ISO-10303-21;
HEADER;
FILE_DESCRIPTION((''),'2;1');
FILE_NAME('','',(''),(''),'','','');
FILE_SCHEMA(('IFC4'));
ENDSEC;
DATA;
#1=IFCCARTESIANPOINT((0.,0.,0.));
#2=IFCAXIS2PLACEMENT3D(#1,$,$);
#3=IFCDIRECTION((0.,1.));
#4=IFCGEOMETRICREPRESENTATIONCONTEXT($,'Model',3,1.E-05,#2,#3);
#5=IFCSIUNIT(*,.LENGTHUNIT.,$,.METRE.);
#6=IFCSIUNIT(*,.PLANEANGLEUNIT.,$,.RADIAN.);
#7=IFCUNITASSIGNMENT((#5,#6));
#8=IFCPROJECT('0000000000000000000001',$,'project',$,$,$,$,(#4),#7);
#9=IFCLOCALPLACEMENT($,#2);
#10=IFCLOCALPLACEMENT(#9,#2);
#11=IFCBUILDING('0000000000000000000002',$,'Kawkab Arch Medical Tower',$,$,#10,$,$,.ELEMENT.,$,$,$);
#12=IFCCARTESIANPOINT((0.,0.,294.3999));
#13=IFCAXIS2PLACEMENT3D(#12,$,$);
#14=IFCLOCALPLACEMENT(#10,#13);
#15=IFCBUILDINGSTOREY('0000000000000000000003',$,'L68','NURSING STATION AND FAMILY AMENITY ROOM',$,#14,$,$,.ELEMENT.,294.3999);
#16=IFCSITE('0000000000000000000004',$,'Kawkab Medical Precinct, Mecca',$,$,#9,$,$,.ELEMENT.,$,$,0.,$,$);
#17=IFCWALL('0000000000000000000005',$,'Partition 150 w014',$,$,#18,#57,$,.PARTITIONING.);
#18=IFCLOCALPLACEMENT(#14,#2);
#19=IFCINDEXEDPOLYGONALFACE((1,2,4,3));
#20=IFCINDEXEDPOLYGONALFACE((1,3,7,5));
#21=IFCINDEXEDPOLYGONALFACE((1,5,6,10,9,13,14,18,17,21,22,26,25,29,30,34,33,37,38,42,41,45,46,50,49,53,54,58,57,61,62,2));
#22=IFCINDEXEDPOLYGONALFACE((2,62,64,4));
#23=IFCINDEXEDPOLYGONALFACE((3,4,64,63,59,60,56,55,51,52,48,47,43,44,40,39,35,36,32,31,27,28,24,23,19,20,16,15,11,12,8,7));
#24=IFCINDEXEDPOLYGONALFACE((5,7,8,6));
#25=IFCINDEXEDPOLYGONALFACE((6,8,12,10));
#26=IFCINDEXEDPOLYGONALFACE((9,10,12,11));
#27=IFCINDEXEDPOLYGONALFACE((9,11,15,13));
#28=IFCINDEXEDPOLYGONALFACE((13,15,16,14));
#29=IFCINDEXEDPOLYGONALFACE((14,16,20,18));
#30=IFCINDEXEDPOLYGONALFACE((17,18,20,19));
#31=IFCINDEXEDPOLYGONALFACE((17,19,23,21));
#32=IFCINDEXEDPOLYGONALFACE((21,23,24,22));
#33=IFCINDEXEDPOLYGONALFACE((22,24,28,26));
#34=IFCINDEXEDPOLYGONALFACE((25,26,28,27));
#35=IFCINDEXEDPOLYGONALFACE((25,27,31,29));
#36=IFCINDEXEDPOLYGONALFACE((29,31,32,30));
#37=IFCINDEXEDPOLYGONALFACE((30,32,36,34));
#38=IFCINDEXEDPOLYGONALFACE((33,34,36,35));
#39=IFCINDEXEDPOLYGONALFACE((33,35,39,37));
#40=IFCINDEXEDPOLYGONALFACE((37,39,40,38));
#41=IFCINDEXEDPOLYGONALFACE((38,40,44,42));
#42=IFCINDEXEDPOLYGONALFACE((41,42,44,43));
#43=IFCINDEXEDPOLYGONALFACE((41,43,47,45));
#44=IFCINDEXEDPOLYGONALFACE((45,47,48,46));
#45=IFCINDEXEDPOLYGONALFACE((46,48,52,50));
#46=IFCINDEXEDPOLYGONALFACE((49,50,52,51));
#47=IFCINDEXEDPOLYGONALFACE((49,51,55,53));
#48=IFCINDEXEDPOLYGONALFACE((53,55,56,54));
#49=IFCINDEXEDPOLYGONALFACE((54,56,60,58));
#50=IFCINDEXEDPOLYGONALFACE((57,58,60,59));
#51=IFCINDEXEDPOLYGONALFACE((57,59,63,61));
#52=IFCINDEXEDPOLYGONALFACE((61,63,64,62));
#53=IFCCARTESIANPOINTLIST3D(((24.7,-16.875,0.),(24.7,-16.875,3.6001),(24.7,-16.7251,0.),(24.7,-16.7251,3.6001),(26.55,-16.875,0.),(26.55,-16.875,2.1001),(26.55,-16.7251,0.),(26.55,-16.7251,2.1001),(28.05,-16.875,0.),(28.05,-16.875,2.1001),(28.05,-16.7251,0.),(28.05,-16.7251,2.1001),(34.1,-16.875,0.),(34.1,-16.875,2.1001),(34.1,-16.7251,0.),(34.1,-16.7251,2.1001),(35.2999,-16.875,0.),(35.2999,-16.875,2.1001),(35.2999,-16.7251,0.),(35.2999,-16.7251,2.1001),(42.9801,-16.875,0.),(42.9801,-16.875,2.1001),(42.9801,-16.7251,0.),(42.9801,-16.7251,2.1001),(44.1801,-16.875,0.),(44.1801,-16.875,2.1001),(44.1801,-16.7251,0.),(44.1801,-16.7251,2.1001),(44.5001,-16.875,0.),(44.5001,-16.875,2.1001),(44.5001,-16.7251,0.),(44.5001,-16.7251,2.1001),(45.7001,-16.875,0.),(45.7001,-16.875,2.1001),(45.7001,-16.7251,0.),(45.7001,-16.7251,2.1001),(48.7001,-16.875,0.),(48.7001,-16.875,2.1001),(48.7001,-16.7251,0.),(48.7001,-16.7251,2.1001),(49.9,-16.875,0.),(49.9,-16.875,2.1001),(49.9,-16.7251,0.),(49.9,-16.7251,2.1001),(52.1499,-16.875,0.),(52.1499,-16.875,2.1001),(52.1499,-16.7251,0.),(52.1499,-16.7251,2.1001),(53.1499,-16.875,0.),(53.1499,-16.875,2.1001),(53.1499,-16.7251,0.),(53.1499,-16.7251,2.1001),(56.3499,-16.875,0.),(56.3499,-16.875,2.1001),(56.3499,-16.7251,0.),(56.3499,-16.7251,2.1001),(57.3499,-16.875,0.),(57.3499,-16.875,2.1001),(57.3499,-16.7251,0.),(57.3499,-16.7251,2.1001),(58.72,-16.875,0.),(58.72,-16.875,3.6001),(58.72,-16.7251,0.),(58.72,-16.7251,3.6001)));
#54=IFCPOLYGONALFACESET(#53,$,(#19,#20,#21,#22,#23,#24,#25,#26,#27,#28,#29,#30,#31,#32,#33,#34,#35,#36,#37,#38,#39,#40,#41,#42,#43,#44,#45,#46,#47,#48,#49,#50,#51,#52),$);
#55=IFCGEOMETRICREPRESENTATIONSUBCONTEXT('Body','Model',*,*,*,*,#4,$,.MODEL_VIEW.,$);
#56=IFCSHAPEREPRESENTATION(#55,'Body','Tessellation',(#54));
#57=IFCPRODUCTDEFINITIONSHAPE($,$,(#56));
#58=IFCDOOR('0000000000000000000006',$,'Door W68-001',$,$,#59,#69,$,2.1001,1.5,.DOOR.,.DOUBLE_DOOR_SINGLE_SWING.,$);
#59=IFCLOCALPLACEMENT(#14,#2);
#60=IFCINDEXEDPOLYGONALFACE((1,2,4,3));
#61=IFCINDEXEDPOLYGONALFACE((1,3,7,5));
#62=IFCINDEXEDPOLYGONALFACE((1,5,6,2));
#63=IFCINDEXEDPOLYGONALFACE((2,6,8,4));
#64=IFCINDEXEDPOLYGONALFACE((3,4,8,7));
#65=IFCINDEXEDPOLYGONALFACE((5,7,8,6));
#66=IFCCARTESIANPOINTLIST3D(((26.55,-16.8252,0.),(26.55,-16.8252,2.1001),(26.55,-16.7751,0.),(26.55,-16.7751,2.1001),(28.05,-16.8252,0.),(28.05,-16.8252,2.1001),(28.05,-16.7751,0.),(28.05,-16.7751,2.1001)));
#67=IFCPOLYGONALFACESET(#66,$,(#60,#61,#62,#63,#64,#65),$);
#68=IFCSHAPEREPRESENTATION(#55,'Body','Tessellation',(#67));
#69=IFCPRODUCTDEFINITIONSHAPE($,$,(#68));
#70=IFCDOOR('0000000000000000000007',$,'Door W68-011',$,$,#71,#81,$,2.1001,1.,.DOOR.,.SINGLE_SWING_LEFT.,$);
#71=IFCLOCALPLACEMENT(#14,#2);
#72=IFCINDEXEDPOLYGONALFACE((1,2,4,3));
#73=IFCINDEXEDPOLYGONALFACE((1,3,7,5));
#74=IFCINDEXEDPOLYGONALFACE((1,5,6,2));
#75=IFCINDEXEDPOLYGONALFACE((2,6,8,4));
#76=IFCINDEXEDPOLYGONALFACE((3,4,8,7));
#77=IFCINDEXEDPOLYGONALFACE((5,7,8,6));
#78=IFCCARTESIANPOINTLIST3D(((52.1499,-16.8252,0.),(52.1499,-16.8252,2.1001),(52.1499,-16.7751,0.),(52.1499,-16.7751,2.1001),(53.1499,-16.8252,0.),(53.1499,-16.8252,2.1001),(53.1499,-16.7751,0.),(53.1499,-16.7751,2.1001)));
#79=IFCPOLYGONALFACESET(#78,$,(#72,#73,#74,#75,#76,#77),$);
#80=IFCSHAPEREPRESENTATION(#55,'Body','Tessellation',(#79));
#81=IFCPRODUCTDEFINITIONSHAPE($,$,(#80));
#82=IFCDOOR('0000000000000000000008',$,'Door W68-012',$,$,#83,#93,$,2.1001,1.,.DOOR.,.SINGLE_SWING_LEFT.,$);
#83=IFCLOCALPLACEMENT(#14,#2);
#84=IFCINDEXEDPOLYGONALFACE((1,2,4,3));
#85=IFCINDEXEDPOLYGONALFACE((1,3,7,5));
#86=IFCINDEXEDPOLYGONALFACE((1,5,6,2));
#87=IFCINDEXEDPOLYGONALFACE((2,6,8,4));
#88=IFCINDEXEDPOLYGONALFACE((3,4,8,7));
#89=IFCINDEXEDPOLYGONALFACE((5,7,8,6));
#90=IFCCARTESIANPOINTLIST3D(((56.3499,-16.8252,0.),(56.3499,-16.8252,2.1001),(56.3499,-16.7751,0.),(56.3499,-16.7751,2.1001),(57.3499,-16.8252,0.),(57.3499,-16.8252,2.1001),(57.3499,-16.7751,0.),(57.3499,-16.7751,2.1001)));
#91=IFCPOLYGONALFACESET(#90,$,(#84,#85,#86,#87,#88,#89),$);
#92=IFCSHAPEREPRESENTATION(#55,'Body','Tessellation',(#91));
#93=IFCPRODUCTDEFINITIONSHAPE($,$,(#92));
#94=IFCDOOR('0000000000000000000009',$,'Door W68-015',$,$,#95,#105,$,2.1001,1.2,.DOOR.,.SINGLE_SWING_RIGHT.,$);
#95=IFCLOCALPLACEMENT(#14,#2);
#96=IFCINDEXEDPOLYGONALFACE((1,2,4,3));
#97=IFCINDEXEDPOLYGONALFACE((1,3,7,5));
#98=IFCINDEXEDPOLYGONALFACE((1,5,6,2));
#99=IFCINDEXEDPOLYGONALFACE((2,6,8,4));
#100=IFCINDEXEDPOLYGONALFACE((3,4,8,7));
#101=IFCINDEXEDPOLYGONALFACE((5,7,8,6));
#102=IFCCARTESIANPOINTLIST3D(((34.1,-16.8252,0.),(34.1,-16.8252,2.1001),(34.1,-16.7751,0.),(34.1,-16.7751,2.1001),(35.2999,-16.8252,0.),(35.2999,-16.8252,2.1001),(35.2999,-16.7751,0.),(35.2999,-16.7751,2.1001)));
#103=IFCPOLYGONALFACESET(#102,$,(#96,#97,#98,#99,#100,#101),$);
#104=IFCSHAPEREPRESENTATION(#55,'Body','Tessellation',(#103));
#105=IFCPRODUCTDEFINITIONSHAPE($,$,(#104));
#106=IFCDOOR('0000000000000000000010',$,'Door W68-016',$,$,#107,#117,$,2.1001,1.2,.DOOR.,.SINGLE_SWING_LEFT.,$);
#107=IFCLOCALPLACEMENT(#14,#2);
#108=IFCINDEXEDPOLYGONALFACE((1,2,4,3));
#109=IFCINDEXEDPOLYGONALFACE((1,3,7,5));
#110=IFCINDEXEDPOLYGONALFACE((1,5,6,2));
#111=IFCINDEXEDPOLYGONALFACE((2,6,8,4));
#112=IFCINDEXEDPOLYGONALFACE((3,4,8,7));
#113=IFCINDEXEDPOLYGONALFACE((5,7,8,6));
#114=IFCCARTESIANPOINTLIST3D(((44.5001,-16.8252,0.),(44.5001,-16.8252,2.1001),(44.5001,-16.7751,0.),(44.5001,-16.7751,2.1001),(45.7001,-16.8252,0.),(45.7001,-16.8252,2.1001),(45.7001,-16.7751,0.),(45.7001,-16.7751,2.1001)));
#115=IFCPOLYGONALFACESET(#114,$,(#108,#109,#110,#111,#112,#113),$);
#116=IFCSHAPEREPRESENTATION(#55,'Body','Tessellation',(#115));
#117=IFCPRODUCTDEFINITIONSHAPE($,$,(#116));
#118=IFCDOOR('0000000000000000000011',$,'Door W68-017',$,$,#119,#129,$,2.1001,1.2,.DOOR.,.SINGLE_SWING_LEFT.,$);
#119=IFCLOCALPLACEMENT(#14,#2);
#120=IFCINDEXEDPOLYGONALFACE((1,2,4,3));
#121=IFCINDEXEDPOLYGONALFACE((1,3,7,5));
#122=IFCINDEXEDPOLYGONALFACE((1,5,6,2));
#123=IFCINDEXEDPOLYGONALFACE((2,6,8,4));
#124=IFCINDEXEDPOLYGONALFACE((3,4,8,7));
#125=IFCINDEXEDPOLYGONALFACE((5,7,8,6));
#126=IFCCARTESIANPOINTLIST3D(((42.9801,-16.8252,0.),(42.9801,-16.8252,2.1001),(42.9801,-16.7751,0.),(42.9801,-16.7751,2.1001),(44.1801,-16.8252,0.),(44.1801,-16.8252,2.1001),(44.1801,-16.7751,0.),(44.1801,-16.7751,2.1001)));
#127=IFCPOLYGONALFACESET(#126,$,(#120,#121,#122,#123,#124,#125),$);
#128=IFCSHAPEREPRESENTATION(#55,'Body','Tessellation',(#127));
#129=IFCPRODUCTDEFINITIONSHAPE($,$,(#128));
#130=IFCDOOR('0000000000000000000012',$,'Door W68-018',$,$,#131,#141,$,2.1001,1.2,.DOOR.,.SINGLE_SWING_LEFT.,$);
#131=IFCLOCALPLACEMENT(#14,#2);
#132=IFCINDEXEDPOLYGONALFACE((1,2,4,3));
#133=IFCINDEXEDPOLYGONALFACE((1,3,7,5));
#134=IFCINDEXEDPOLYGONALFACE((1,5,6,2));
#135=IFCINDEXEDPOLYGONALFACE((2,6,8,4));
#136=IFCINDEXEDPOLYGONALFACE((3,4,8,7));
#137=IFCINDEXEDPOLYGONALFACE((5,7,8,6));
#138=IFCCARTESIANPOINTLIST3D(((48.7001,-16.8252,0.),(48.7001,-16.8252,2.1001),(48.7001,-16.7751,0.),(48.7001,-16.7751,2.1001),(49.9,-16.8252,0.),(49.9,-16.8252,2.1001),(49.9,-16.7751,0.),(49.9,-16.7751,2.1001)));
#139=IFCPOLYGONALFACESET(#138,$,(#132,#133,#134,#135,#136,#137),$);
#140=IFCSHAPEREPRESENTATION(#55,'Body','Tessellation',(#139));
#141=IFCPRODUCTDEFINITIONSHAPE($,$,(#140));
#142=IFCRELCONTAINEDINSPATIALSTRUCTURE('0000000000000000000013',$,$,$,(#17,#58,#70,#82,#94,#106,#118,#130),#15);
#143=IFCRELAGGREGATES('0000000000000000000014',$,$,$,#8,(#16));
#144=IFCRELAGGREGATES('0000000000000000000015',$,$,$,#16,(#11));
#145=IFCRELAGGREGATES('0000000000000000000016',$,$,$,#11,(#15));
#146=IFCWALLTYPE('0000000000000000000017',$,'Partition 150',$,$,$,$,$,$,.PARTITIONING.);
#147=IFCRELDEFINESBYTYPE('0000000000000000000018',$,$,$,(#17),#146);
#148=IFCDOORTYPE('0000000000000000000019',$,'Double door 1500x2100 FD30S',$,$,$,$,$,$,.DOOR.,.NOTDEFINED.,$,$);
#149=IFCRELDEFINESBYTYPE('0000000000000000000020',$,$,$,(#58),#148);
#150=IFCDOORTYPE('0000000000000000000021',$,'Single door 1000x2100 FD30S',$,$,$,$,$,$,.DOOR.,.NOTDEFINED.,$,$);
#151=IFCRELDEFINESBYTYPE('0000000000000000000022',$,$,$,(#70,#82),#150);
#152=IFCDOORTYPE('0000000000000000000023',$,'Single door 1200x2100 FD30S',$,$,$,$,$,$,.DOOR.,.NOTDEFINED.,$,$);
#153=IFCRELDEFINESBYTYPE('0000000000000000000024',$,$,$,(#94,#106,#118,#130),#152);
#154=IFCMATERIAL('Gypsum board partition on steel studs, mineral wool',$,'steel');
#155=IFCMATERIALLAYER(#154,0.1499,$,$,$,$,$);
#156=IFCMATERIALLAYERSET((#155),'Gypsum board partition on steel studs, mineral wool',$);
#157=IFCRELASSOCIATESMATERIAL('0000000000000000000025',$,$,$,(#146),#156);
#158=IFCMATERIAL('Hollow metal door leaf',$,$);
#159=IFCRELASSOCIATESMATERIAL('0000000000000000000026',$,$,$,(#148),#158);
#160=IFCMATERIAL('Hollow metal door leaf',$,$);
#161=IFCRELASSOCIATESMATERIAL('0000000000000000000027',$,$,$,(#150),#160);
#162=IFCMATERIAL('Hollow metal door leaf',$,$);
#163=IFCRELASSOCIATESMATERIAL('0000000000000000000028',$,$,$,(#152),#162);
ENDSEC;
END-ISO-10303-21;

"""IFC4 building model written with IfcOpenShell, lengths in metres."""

from ifc_helpers import new_model, si_unit, direction, frame, frame_2d, origin, place, context, subcontext, project, spatial, rectangle, extrude, material, layer, layer_set, type_object, element, fill, save


model = new_model("IFC4")

# Units and contexts
model_context = context("Model", 3, precision=1e-05, world=origin(), true_north=direction((0.0, 1.0)))
body_context = subcontext(model_context, "Body", "Model", "MODEL_VIEW")
ifc_project = project(units=[si_unit("LENGTHUNIT", "METRE"), si_unit("PLANEANGLEUNIT", "RADIAN")], contexts=[model_context])

# Site, building, storey
site_placement = place(None, origin())
site = spatial("IfcSite", under=ifc_project, at=site_placement, Name="Kawkab Medical Precinct, Mecca", CompositionType="ELEMENT", RefElevation=0.0)
building_placement = place(site_placement, origin())
building = spatial("IfcBuilding", under=site, at=building_placement, Name="Kawkab Arch Medical Tower", CompositionType="ELEMENT")
storey_placement = place(building_placement, frame((0.0, 0.0, 294.3999)))
storey = spatial("IfcBuildingStorey", under=building, at=storey_placement, Name="L68", Description="NURSING STATION AND FAMILY AMENITY ROOM", CompositionType="ELEMENT", Elevation=294.3999)

# Wall, openings, doors
ifc_material_1 = material(Name="Gypsum board partition on steel studs, mineral wool", Category="steel")
ifc_layer_1 = layer(ifc_material_1, 0.1499)
ifc_layer_set_1 = layer_set([ifc_layer_1], Name="Gypsum board partition on steel studs, mineral wool")
wall_type_1 = type_object("IfcWallType", Name="Partition 150", PredefinedType="PARTITIONING", material=ifc_layer_set_1)
wall_1_placement = place(storey_placement, frame((24.7, -16.8, 0.0), z_axis=(0.0, 0.0, 1.0), x_axis=(1.0, 0.0, 0.0)))
wall_1 = element("IfcWall", 1, at=wall_1_placement, inside=storey, type_object=wall_type_1, Name="Partition 150 w014", PredefinedType="PARTITIONING", context=body_context, shape_type="SweptSolid", body=[
    extrude(rectangle(XDim=34.02, YDim=0.1499, at=frame_2d((17.01, 0.0))), origin(), (0.0, 0.0, 1.0), 3.6001),
])
opening_1_placement = place(wall_1_placement, frame((1.8501, 0.0, 0.0)))
opening_1 = element("IfcOpeningElement", 2, at=opening_1_placement, cuts=wall_1, PredefinedType="OPENING", context=body_context, shape_type="SweptSolid", body=[
    extrude(rectangle(XDim=1.5, YDim=2.1001, at=frame_2d((0.75, 1.05))), frame((0.0, 0.085, 0.0), z_axis=(0.0, -1.0, 0.0), x_axis=(1.0, 0.0, 0.0)), (0.0, 0.0, 1.0), 0.1699),
])
opening_2_placement = place(wall_1_placement, frame((9.3999, 0.0, 0.0)))
opening_2 = element("IfcOpeningElement", 3, at=opening_2_placement, cuts=wall_1, PredefinedType="OPENING", context=body_context, shape_type="SweptSolid", body=[
    extrude(rectangle(XDim=1.2, YDim=2.1001, at=frame_2d((0.6001, 1.05))), frame((0.0, 0.085, 0.0), z_axis=(0.0, -1.0, 0.0), x_axis=(1.0, 0.0, 0.0)), (0.0, 0.0, 1.0), 0.1699),
])
opening_3_placement = place(wall_1_placement, frame((19.8, 0.0, 0.0)))
opening_3 = element("IfcOpeningElement", 4, at=opening_3_placement, cuts=wall_1, PredefinedType="OPENING", context=body_context, shape_type="SweptSolid", body=[
    extrude(rectangle(XDim=1.2, YDim=2.1001, at=frame_2d((0.6001, 1.05))), frame((0.0, 0.085, 0.0), z_axis=(0.0, -1.0, 0.0), x_axis=(1.0, 0.0, 0.0)), (0.0, 0.0, 1.0), 0.1699),
])
opening_4_placement = place(wall_1_placement, frame((18.28, 0.0, 0.0)))
opening_4 = element("IfcOpeningElement", 5, at=opening_4_placement, cuts=wall_1, PredefinedType="OPENING", context=body_context, shape_type="SweptSolid", body=[
    extrude(rectangle(XDim=1.2, YDim=2.1001, at=frame_2d((0.6001, 1.05))), frame((0.0, 0.085, 0.0), z_axis=(0.0, -1.0, 0.0), x_axis=(1.0, 0.0, 0.0)), (0.0, 0.0, 1.0), 0.1699),
])
opening_5_placement = place(wall_1_placement, frame((24.0, 0.0, 0.0)))
opening_5 = element("IfcOpeningElement", 6, at=opening_5_placement, cuts=wall_1, PredefinedType="OPENING", context=body_context, shape_type="SweptSolid", body=[
    extrude(rectangle(XDim=1.2, YDim=2.1001, at=frame_2d((0.6001, 1.05))), frame((0.0, 0.085, 0.0), z_axis=(0.0, -1.0, 0.0), x_axis=(1.0, 0.0, 0.0)), (0.0, 0.0, 1.0), 0.1699),
])
opening_6_placement = place(wall_1_placement, frame((27.45, 0.0, 0.0)))
opening_6 = element("IfcOpeningElement", 7, at=opening_6_placement, cuts=wall_1, PredefinedType="OPENING", context=body_context, shape_type="SweptSolid", body=[
    extrude(rectangle(XDim=1.0, YDim=2.1001, at=frame_2d((0.5, 1.05))), frame((0.0, 0.085, 0.0), z_axis=(0.0, -1.0, 0.0), x_axis=(1.0, 0.0, 0.0)), (0.0, 0.0, 1.0), 0.1699),
])
opening_7_placement = place(wall_1_placement, frame((31.6499, 0.0, 0.0)))
opening_7 = element("IfcOpeningElement", 8, at=opening_7_placement, cuts=wall_1, PredefinedType="OPENING", context=body_context, shape_type="SweptSolid", body=[
    extrude(rectangle(XDim=1.0, YDim=2.1001, at=frame_2d((0.5, 1.05))), frame((0.0, 0.085, 0.0), z_axis=(0.0, -1.0, 0.0), x_axis=(1.0, 0.0, 0.0)), (0.0, 0.0, 1.0), 0.1699),
])
ifc_material_2 = material(Name="Hollow metal door leaf")
door_type_1 = type_object("IfcDoorType", Name="Double door 1500x2100 FD30S", OperationType="NOTDEFINED", PredefinedType="DOOR", material=ifc_material_2)
door_1_placement = place(opening_1_placement, origin())
door_1 = element("IfcDoor", 9, at=door_1_placement, inside=storey, type_object=door_type_1, Name="Door W68-001", OperationType="DOUBLE_DOOR_SINGLE_SWING", OverallHeight=2.1001, OverallWidth=1.5, PredefinedType="DOOR", context=body_context, shape_type="SweptSolid", body=[
    extrude(rectangle(XDim=1.5, YDim=2.1001, at=frame_2d((0.75, 1.05))), frame((0.0, 0.0249, 0.0), z_axis=(0.0, -1.0, 0.0), x_axis=(1.0, 0.0, 0.0)), (0.0, 0.0, 1.0), 0.05),
])
fill(opening_1, door_1)
ifc_material_3 = material(Name="Hollow metal door leaf")
door_type_2 = type_object("IfcDoorType", Name="Single door 1000x2100 FD30S", OperationType="NOTDEFINED", PredefinedType="DOOR", material=ifc_material_3)
door_2_placement = place(opening_6_placement, origin())
door_2 = element("IfcDoor", 10, at=door_2_placement, inside=storey, type_object=door_type_2, Name="Door W68-011", OperationType="SINGLE_SWING_LEFT", OverallHeight=2.1001, OverallWidth=1.0, PredefinedType="DOOR", context=body_context, shape_type="SweptSolid", body=[
    extrude(rectangle(XDim=1.0, YDim=2.1001, at=frame_2d((0.5, 1.05))), frame((0.0, 0.0249, 0.0), z_axis=(0.0, -1.0, 0.0), x_axis=(1.0, 0.0, 0.0)), (0.0, 0.0, 1.0), 0.05),
])
fill(opening_6, door_2)
door_3_placement = place(opening_7_placement, origin())
door_3 = element("IfcDoor", 11, at=door_3_placement, inside=storey, type_object=door_type_2, Name="Door W68-012", OperationType="SINGLE_SWING_LEFT", OverallHeight=2.1001, OverallWidth=1.0, PredefinedType="DOOR", context=body_context, shape_type="SweptSolid", body=[
    extrude(rectangle(XDim=1.0, YDim=2.1001, at=frame_2d((0.5, 1.05))), frame((0.0, 0.0249, 0.0), z_axis=(0.0, -1.0, 0.0), x_axis=(1.0, 0.0, 0.0)), (0.0, 0.0, 1.0), 0.05),
])
fill(opening_7, door_3)
ifc_material_4 = material(Name="Hollow metal door leaf")
door_type_3 = type_object("IfcDoorType", Name="Single door 1200x2100 FD30S", OperationType="NOTDEFINED", PredefinedType="DOOR", material=ifc_material_4)
door_4_placement = place(opening_2_placement, origin())
door_4 = element("IfcDoor", 12, at=door_4_placement, inside=storey, type_object=door_type_3, Name="Door W68-015", OperationType="SINGLE_SWING_RIGHT", OverallHeight=2.1001, OverallWidth=1.2, PredefinedType="DOOR", context=body_context, shape_type="SweptSolid", body=[
    extrude(rectangle(XDim=1.2, YDim=2.1001, at=frame_2d((0.6001, 1.05))), frame((0.0, 0.0249, 0.0), z_axis=(0.0, -1.0, 0.0), x_axis=(1.0, 0.0, 0.0)), (0.0, 0.0, 1.0), 0.05),
])
fill(opening_2, door_4)
door_5_placement = place(opening_3_placement, origin())
door_5 = element("IfcDoor", 13, at=door_5_placement, inside=storey, type_object=door_type_3, Name="Door W68-016", OperationType="SINGLE_SWING_LEFT", OverallHeight=2.1001, OverallWidth=1.2, PredefinedType="DOOR", context=body_context, shape_type="SweptSolid", body=[
    extrude(rectangle(XDim=1.2, YDim=2.1001, at=frame_2d((0.6001, 1.05))), frame((0.0, 0.0249, 0.0), z_axis=(0.0, -1.0, 0.0), x_axis=(1.0, 0.0, 0.0)), (0.0, 0.0, 1.0), 0.05),
])
fill(opening_3, door_5)
door_6_placement = place(opening_4_placement, origin())
door_6 = element("IfcDoor", 14, at=door_6_placement, inside=storey, type_object=door_type_3, Name="Door W68-017", OperationType="SINGLE_SWING_LEFT", OverallHeight=2.1001, OverallWidth=1.2, PredefinedType="DOOR", context=body_context, shape_type="SweptSolid", body=[
    extrude(rectangle(XDim=1.2, YDim=2.1001, at=frame_2d((0.6001, 1.05))), frame((0.0, 0.0249, 0.0), z_axis=(0.0, -1.0, 0.0), x_axis=(1.0, 0.0, 0.0)), (0.0, 0.0, 1.0), 0.05),
])
fill(opening_4, door_6)
door_7_placement = place(opening_5_placement, origin())
door_7 = element("IfcDoor", 15, at=door_7_placement, inside=storey, type_object=door_type_3, Name="Door W68-018", OperationType="SINGLE_SWING_LEFT", OverallHeight=2.1001, OverallWidth=1.2, PredefinedType="DOOR", context=body_context, shape_type="SweptSolid", body=[
    extrude(rectangle(XDim=1.2, YDim=2.1001, at=frame_2d((0.6001, 1.05))), frame((0.0, 0.0249, 0.0), z_axis=(0.0, -1.0, 0.0), x_axis=(1.0, 0.0, 0.0)), (0.0, 0.0, 1.0), 0.05),
])
fill(opening_5, door_7)

save(model, "model.ifc")
